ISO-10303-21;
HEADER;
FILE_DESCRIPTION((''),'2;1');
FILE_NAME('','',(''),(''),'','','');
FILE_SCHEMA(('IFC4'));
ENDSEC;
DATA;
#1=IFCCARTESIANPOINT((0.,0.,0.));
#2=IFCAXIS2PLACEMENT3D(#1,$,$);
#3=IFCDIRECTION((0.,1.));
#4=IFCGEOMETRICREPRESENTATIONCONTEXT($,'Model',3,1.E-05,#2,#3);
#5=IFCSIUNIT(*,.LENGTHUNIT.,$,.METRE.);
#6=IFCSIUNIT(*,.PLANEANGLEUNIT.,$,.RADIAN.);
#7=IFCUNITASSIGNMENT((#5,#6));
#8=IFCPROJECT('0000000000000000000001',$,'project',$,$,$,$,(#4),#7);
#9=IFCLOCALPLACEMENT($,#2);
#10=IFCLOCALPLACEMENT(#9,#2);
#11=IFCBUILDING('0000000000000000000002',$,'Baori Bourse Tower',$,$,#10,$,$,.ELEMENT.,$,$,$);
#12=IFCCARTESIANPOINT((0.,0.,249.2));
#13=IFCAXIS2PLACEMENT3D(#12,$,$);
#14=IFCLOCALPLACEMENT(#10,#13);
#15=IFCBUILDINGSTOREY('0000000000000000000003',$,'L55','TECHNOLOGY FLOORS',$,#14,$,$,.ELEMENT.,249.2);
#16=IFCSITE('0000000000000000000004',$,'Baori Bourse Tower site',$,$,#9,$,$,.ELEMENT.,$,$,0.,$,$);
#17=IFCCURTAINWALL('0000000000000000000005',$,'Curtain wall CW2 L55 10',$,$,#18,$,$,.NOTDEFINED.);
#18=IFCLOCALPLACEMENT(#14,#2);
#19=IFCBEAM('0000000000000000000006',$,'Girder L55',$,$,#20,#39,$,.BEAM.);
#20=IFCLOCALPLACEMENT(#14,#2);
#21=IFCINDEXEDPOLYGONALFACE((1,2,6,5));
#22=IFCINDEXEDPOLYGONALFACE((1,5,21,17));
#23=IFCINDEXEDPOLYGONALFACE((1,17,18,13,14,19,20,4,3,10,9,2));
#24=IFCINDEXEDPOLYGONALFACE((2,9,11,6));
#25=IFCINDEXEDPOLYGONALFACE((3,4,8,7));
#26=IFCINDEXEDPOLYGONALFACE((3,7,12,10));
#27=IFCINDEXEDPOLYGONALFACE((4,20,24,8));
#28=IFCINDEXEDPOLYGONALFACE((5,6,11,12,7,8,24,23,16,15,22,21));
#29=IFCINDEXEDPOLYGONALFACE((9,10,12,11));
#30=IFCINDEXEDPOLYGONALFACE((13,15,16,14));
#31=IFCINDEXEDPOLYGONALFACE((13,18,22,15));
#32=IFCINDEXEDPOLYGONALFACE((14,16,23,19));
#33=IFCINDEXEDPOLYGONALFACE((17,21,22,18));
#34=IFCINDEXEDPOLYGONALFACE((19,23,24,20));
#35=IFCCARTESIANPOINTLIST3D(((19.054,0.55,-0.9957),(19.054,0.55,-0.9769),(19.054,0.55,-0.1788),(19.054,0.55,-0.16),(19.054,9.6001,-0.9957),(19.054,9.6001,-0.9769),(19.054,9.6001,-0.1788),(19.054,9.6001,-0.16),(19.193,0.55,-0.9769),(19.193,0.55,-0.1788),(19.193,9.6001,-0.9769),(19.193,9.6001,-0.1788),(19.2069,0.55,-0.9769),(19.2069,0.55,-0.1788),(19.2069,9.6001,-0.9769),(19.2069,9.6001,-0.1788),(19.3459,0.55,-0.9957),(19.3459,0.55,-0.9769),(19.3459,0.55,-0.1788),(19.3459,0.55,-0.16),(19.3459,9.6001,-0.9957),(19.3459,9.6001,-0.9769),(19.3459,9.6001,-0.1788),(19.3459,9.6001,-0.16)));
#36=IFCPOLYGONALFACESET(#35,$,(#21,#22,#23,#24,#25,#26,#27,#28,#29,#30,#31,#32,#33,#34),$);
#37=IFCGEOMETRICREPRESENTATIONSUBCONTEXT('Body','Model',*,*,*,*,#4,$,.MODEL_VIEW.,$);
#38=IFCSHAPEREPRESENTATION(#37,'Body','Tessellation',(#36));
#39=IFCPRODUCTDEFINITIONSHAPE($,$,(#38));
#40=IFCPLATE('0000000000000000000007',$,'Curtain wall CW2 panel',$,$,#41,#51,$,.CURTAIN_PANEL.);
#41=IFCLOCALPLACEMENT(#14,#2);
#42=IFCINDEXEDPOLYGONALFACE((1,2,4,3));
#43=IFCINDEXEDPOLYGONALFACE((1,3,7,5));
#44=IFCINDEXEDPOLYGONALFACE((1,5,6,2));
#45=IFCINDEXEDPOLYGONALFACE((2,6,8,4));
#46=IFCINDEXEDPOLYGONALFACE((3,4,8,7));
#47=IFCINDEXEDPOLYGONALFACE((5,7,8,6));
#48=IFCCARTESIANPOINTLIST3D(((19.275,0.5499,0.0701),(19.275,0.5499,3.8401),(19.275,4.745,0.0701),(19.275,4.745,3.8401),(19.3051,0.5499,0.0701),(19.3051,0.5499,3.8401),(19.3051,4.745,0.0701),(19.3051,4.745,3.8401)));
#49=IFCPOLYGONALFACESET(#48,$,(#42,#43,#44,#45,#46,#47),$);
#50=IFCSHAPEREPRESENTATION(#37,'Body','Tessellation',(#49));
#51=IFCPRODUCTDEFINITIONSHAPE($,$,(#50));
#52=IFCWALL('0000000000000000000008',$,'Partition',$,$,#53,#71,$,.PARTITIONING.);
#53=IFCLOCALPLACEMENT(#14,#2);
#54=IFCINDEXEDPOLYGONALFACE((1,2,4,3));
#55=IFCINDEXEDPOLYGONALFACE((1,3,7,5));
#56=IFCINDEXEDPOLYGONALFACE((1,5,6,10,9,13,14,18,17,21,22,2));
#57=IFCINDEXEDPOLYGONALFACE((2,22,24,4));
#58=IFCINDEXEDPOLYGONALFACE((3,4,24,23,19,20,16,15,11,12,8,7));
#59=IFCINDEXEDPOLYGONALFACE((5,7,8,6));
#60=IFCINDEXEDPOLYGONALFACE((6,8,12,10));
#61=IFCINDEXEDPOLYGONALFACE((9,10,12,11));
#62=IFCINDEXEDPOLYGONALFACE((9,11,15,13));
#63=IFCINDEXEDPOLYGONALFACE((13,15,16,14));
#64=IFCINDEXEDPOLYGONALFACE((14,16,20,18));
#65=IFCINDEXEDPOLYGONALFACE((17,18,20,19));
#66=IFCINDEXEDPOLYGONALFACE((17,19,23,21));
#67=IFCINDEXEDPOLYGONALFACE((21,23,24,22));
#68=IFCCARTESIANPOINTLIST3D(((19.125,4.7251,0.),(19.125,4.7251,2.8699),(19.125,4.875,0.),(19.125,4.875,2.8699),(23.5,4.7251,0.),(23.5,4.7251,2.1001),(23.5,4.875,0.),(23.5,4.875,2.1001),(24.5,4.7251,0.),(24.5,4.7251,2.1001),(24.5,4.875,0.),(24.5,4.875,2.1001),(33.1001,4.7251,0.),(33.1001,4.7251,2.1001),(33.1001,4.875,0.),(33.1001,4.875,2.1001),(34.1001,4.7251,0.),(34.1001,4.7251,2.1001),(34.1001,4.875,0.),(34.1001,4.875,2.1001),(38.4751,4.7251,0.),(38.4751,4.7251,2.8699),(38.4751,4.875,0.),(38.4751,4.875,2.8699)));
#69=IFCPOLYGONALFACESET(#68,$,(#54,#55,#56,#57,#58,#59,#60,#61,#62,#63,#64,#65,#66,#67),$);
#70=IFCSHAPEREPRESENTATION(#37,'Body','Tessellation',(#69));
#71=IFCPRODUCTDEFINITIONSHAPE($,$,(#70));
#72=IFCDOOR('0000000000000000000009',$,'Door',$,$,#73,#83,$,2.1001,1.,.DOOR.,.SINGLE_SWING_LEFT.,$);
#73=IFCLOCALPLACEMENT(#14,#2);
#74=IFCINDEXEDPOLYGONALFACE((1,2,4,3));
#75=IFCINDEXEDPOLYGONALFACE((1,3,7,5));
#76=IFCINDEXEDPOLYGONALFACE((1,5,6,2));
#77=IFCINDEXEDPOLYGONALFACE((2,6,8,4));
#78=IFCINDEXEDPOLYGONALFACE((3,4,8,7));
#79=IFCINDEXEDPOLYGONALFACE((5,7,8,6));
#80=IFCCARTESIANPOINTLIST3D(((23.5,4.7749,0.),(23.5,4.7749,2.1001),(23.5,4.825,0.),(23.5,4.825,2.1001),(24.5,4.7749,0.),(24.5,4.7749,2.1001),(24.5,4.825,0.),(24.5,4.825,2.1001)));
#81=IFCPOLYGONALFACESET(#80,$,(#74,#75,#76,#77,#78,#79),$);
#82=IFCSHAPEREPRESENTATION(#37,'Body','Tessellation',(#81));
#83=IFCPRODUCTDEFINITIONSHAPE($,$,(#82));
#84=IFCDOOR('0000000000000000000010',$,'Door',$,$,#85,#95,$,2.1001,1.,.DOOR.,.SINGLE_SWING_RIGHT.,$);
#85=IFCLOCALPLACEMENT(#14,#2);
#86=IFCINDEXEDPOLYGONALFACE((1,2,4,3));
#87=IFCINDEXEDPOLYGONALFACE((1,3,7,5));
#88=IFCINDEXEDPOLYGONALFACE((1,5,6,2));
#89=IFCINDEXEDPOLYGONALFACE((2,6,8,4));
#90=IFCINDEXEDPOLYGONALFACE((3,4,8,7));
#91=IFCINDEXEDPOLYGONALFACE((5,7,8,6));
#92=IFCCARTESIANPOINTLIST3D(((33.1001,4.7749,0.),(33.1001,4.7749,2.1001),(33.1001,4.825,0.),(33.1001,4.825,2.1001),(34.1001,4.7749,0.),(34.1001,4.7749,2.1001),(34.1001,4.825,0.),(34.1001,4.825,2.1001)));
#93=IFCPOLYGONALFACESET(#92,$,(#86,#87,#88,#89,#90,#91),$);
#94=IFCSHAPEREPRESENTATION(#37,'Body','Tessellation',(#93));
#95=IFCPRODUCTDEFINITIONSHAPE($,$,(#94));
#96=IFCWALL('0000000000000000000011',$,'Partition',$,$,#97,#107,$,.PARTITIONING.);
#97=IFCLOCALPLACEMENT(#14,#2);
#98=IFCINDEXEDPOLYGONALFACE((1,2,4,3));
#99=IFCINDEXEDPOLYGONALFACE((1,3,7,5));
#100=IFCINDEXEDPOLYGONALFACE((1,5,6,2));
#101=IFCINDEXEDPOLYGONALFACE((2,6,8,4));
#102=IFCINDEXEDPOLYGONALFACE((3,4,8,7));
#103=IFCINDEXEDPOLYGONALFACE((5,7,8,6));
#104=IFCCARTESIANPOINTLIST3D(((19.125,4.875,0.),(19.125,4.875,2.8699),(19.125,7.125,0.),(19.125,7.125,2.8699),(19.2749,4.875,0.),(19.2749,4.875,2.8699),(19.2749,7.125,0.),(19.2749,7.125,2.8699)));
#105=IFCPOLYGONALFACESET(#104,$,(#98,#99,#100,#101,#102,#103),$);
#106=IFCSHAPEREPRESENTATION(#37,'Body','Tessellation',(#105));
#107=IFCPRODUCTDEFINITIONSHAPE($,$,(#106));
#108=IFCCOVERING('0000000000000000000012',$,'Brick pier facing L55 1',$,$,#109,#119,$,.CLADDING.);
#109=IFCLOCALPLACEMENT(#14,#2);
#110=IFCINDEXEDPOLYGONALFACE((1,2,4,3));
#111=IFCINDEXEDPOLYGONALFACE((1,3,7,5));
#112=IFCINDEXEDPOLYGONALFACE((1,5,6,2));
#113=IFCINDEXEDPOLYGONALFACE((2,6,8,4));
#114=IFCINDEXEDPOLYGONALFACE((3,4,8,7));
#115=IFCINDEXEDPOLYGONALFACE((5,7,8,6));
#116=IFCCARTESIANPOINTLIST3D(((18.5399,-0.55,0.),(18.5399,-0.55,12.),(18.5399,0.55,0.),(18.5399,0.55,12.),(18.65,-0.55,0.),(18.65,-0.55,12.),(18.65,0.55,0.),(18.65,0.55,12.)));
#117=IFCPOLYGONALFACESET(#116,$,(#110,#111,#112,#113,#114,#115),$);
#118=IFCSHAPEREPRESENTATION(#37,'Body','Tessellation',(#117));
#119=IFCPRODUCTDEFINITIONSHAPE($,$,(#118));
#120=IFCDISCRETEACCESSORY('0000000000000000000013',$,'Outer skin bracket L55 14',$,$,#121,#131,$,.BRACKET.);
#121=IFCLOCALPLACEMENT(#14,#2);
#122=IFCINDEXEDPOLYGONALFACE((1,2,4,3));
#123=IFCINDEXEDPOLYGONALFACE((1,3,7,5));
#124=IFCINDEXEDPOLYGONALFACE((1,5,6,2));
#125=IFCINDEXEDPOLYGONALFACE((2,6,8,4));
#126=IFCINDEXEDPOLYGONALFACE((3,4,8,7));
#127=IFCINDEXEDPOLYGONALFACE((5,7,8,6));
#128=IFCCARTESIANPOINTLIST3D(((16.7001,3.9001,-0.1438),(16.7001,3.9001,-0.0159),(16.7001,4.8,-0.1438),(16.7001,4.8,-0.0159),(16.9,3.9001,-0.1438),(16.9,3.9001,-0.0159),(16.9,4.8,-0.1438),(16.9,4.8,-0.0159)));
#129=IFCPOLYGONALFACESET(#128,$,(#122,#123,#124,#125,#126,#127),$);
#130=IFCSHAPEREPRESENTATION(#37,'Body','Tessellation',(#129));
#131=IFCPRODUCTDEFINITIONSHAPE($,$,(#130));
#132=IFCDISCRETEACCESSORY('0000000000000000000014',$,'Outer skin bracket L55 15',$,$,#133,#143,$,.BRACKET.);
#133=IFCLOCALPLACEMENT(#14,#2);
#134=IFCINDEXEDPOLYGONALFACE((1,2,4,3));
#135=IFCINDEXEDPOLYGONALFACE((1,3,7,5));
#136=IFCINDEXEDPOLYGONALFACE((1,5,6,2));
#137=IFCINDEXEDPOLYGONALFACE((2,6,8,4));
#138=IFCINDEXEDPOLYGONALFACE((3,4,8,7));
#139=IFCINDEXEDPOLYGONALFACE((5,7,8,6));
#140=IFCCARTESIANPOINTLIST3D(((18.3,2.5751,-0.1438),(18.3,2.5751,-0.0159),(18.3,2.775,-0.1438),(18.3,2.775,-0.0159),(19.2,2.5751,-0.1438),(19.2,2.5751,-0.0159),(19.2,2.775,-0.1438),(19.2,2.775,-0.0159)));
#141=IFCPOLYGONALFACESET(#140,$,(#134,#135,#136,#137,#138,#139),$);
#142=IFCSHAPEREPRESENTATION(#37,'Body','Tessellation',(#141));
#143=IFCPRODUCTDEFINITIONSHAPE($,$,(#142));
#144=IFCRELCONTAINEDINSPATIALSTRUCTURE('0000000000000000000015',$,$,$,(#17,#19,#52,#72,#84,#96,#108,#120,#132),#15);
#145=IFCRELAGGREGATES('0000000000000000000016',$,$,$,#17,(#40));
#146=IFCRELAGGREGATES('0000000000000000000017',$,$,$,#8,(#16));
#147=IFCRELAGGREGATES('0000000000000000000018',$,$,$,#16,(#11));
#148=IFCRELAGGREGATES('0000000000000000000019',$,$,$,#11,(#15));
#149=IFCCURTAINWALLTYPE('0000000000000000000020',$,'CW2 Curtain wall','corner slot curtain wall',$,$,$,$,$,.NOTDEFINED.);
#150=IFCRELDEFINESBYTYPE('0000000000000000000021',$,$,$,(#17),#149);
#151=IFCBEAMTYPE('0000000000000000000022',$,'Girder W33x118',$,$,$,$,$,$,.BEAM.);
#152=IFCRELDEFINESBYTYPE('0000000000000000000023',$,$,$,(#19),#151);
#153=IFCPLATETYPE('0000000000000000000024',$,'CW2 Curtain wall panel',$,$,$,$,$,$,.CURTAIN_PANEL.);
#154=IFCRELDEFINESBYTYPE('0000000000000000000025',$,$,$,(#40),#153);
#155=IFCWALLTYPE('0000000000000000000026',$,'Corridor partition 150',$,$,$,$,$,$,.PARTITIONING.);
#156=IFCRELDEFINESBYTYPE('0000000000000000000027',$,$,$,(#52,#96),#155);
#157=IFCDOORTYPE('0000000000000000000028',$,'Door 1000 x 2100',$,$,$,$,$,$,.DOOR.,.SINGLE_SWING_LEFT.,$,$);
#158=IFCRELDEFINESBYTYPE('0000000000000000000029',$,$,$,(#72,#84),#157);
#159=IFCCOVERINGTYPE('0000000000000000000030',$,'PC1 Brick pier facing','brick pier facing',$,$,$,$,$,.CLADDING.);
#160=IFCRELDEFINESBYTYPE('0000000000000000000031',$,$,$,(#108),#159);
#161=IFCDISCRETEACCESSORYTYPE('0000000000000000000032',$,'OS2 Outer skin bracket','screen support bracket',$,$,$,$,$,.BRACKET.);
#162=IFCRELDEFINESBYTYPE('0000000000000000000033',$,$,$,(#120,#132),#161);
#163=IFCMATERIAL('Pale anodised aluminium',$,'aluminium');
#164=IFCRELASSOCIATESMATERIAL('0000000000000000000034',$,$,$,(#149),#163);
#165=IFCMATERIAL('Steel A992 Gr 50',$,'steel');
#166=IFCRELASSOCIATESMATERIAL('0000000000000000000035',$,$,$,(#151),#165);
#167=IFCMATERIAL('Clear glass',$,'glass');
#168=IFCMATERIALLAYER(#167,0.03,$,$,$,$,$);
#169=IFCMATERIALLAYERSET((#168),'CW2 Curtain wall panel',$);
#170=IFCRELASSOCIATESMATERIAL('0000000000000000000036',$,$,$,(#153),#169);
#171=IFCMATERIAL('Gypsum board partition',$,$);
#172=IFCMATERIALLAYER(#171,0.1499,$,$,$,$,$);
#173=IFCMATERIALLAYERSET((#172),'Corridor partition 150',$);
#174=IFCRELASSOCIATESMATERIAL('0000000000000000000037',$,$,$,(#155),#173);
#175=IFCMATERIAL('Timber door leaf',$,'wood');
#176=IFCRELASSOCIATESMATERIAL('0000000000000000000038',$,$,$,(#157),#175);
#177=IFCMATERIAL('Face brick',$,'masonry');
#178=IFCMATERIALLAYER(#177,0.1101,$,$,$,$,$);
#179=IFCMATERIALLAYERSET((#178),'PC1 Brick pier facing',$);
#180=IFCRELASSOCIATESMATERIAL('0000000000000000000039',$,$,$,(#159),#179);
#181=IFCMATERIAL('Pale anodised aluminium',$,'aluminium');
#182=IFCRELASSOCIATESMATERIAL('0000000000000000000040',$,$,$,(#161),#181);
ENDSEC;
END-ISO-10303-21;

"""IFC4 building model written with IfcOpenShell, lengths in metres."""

from ifc_helpers import new_model, si_unit, direction, frame, frame_2d, origin, origin_2d, place, context, subcontext, project, spatial, rectangle, i_section, extrude, material, layer, layer_set, material_profile, profile_set, type_object, element, fill, aggregate, save


model = new_model("IFC4")

# Units and contexts
model_context = context("Model", 3, precision=1e-05, world=origin(), true_north=direction((0.0, 1.0)))
body_context = subcontext(model_context, "Body", "Model", "MODEL_VIEW")
ifc_project = project(units=[si_unit("LENGTHUNIT", "METRE"), si_unit("PLANEANGLEUNIT", "RADIAN")], contexts=[model_context])

# Site, building, storey
site_placement = place(None, origin())
site = spatial("IfcSite", under=ifc_project, at=site_placement, Name="Baori Bourse Tower site", CompositionType="ELEMENT", RefElevation=0.0)
building_placement = place(site_placement, origin())
building = spatial("IfcBuilding", under=site, at=building_placement, Name="Baori Bourse Tower", CompositionType="ELEMENT")
storey_placement = place(building_placement, frame((0.0, 0.0, 249.2)))
storey = spatial("IfcBuildingStorey", under=building, at=storey_placement, Name="L55", Description="TECHNOLOGY FLOORS", CompositionType="ELEMENT", Elevation=249.2)

# Curtain wall
ifc_material_1 = material(Name="Pale anodised aluminium", Category="aluminium")
curtain_wall_type_1 = type_object("IfcCurtainWallType", Name="CW2 Curtain wall", Description="corner slot curtain wall", PredefinedType="NOTDEFINED", material=ifc_material_1)
curtain_wall_1_placement = place(storey_placement, origin())
curtain_wall_1 = element("IfcCurtainWall", 1, at=curtain_wall_1_placement, inside=storey, type_object=curtain_wall_type_1, Name="Curtain wall CW2 L55 10", PredefinedType="NOTDEFINED")

# Beam
ifc_material_2 = material(Name="Steel A992 Gr 50", Category="steel")
ifc_material_profile_1 = material_profile(ifc_material_2, i_section(OverallWidth=0.292, OverallDepth=0.8357, WebThickness=0.0139, FlangeThickness=0.0188, at=origin_2d()), Name="W33x118")
ifc_profile_set_1 = profile_set([ifc_material_profile_1], Name="Steel A992 Gr 50")
beam_type_1 = type_object("IfcBeamType", Name="Girder W33x118", PredefinedType="BEAM", material=ifc_profile_set_1)
beam_1_placement = place(storey_placement, frame((19.2, 0.55, -0.5779), z_axis=(0.0, 1.0, 0.0), x_axis=(-1.0, 0.0, 0.0)))
element("IfcBeam", 2, at=beam_1_placement, inside=storey, type_object=beam_type_1, Name="Girder L55", PredefinedType="BEAM", context=body_context, shape_type="SweptSolid", body=[
    extrude(i_section(OverallWidth=0.292, OverallDepth=0.8357, WebThickness=0.0139, FlangeThickness=0.0188, at=origin_2d()), origin(), (0.0, 0.0, 1.0), 9.05),
])

# Plate
ifc_material_3 = material(Name="Clear glass", Category="glass")
ifc_layer_1 = layer(ifc_material_3, 0.03)
ifc_layer_set_1 = layer_set([ifc_layer_1], Name="CW2 Curtain wall panel")
plate_type = type_object("IfcPlateType", Name="CW2 Curtain wall panel", PredefinedType="CURTAIN_PANEL", material=ifc_layer_set_1)
plate_placement = place(storey_placement, frame((19.29, 2.6475, 0.0701), z_axis=(0.0, 0.0, 1.0), x_axis=(0.0, -1.0, 0.0)))
plate = element("IfcPlate", 3, at=plate_placement, type_object=plate_type, Name="Curtain wall CW2 panel", PredefinedType="CURTAIN_PANEL", context=body_context, shape_type="SweptSolid", body=[
    extrude(rectangle(XDim=4.1951, YDim=0.03, at=origin_2d()), origin(), (0.0, 0.0, 1.0), 3.77),
])
aggregate(curtain_wall_1, [plate])

# Wall, openings, doors
ifc_material_4 = material(Name="Gypsum board partition")
ifc_layer_2 = layer(ifc_material_4, 0.1499)
ifc_layer_set_2 = layer_set([ifc_layer_2], Name="Corridor partition 150")
wall_type = type_object("IfcWallType", Name="Corridor partition 150", PredefinedType="PARTITIONING", material=ifc_layer_set_2)
wall_1_placement = place(storey_placement, frame((19.125, 4.8, 0.0), z_axis=(0.0, 0.0, 1.0), x_axis=(1.0, 0.0, 0.0)))
wall_1 = element("IfcWall", 4, at=wall_1_placement, inside=storey, type_object=wall_type, Name="Partition", PredefinedType="PARTITIONING", context=body_context, shape_type="SweptSolid", body=[
    extrude(rectangle(XDim=19.3501, YDim=0.1499, at=frame_2d((9.675, 0.0))), origin(), (0.0, 0.0, 1.0), 2.8699),
])
opening_1_placement = place(wall_1_placement, frame((4.375, 0.0, 0.0)))
opening_1 = element("IfcOpeningElement", 5, at=opening_1_placement, cuts=wall_1, PredefinedType="OPENING", context=body_context, shape_type="SweptSolid", body=[
    extrude(rectangle(XDim=1.0, YDim=2.1001, at=frame_2d((0.5, 1.05))), frame((0.0, 0.085, 0.0), z_axis=(0.0, -1.0, 0.0), x_axis=(1.0, 0.0, 0.0)), (0.0, 0.0, 1.0), 0.1699),
])
opening_2_placement = place(wall_1_placement, frame((13.9751, 0.0, 0.0)))
opening_2 = element("IfcOpeningElement", 6, at=opening_2_placement, cuts=wall_1, PredefinedType="OPENING", context=body_context, shape_type="SweptSolid", body=[
    extrude(rectangle(XDim=1.0, YDim=2.1001, at=frame_2d((0.5, 1.05))), frame((0.0, 0.085, 0.0), z_axis=(0.0, -1.0, 0.0), x_axis=(1.0, 0.0, 0.0)), (0.0, 0.0, 1.0), 0.1699),
])
ifc_material_5 = material(Name="Timber door leaf", Category="wood")
door_type = type_object("IfcDoorType", Name="Door 1000 x 2100", OperationType="SINGLE_SWING_LEFT", PredefinedType="DOOR", material=ifc_material_5)
door_1_placement = place(opening_1_placement, origin())
door_1 = element("IfcDoor", 7, at=door_1_placement, inside=storey, type_object=door_type, Name="Door", OperationType="SINGLE_SWING_LEFT", OverallHeight=2.1001, OverallWidth=1.0, PredefinedType="DOOR", context=body_context, shape_type="SweptSolid", body=[
    extrude(rectangle(XDim=1.0, YDim=2.1001, at=frame_2d((0.5, 1.05))), frame((0.0, 0.0249, 0.0), z_axis=(0.0, -1.0, 0.0), x_axis=(1.0, 0.0, 0.0)), (0.0, 0.0, 1.0), 0.05),
])
fill(opening_1, door_1)
door_2_placement = place(opening_2_placement, origin())
door_2 = element("IfcDoor", 8, at=door_2_placement, inside=storey, type_object=door_type, Name="Door", OperationType="SINGLE_SWING_RIGHT", OverallHeight=2.1001, OverallWidth=1.0, PredefinedType="DOOR", context=body_context, shape_type="SweptSolid", body=[
    extrude(rectangle(XDim=1.0, YDim=2.1001, at=frame_2d((0.5, 1.05))), frame((0.0, 0.0249, 0.0), z_axis=(0.0, -1.0, 0.0), x_axis=(1.0, 0.0, 0.0)), (0.0, 0.0, 1.0), 0.05),
])
fill(opening_2, door_2)

# Wall
wall_2_placement = place(storey_placement, frame((19.2, 4.875, 0.0), z_axis=(0.0, 0.0, 1.0), x_axis=(0.0, 1.0, 0.0)))
element("IfcWall", 9, at=wall_2_placement, inside=storey, type_object=wall_type, Name="Partition", PredefinedType="PARTITIONING", context=body_context, shape_type="SweptSolid", body=[
    extrude(rectangle(XDim=2.25, YDim=0.1499, at=frame_2d((1.125, 0.0))), origin(), (0.0, 0.0, 1.0), 2.8699),
])

# Covering
ifc_material_6 = material(Name="Face brick", Category="masonry")
ifc_layer_3 = layer(ifc_material_6, 0.1101)
ifc_layer_set_3 = layer_set([ifc_layer_3], Name="PC1 Brick pier facing")
covering_type = type_object("IfcCoveringType", Name="PC1 Brick pier facing", Description="brick pier facing", PredefinedType="CLADDING", material=ifc_layer_set_3)
covering_placement = place(storey_placement, frame((18.595, 0.0, 0.0), z_axis=(0.0, 0.0, 1.0), x_axis=(1.0, 0.0, 0.0)))
element("IfcCovering", 10, at=covering_placement, inside=storey, type_object=covering_type, Name="Brick pier facing L55 1", PredefinedType="CLADDING", context=body_context, shape_type="SweptSolid", body=[
    extrude(rectangle(XDim=0.1101, YDim=1.1001, at=origin_2d()), origin(), (0.0, 0.0, 1.0), 12.0),
])

# Discrete accessories
ifc_material_7 = material(Name="Pale anodised aluminium", Category="aluminium")
discrete_accessory_type = type_object("IfcDiscreteAccessoryType", Name="OS2 Outer skin bracket", Description="screen support bracket", PredefinedType="BRACKET", material=ifc_material_7)
for number, where, z_axis, x_axis, name in (
    (11, (16.8, 4.3501, -0.1438), (0.0, 0.0, 1.0), (1.0, 0.0, 0.0), "Outer skin bracket L55 14"),
    (12, (18.75, 2.675, -0.1438), (0.0, 0.0, 1.0), (0.0, -1.0, 0.0), "Outer skin bracket L55 15"),
):
    element("IfcDiscreteAccessory", number, at=place(storey_placement, frame(where, z_axis=z_axis, x_axis=x_axis)), inside=storey, type_object=discrete_accessory_type, Name=name, PredefinedType="BRACKET", context=body_context, shape_type="SweptSolid", body=[
        extrude(rectangle(XDim=0.2, YDim=0.8999, at=origin_2d()), origin(), (0.0, 0.0, 1.0), 0.1279),
    ])

save(model, "model.ifc")
